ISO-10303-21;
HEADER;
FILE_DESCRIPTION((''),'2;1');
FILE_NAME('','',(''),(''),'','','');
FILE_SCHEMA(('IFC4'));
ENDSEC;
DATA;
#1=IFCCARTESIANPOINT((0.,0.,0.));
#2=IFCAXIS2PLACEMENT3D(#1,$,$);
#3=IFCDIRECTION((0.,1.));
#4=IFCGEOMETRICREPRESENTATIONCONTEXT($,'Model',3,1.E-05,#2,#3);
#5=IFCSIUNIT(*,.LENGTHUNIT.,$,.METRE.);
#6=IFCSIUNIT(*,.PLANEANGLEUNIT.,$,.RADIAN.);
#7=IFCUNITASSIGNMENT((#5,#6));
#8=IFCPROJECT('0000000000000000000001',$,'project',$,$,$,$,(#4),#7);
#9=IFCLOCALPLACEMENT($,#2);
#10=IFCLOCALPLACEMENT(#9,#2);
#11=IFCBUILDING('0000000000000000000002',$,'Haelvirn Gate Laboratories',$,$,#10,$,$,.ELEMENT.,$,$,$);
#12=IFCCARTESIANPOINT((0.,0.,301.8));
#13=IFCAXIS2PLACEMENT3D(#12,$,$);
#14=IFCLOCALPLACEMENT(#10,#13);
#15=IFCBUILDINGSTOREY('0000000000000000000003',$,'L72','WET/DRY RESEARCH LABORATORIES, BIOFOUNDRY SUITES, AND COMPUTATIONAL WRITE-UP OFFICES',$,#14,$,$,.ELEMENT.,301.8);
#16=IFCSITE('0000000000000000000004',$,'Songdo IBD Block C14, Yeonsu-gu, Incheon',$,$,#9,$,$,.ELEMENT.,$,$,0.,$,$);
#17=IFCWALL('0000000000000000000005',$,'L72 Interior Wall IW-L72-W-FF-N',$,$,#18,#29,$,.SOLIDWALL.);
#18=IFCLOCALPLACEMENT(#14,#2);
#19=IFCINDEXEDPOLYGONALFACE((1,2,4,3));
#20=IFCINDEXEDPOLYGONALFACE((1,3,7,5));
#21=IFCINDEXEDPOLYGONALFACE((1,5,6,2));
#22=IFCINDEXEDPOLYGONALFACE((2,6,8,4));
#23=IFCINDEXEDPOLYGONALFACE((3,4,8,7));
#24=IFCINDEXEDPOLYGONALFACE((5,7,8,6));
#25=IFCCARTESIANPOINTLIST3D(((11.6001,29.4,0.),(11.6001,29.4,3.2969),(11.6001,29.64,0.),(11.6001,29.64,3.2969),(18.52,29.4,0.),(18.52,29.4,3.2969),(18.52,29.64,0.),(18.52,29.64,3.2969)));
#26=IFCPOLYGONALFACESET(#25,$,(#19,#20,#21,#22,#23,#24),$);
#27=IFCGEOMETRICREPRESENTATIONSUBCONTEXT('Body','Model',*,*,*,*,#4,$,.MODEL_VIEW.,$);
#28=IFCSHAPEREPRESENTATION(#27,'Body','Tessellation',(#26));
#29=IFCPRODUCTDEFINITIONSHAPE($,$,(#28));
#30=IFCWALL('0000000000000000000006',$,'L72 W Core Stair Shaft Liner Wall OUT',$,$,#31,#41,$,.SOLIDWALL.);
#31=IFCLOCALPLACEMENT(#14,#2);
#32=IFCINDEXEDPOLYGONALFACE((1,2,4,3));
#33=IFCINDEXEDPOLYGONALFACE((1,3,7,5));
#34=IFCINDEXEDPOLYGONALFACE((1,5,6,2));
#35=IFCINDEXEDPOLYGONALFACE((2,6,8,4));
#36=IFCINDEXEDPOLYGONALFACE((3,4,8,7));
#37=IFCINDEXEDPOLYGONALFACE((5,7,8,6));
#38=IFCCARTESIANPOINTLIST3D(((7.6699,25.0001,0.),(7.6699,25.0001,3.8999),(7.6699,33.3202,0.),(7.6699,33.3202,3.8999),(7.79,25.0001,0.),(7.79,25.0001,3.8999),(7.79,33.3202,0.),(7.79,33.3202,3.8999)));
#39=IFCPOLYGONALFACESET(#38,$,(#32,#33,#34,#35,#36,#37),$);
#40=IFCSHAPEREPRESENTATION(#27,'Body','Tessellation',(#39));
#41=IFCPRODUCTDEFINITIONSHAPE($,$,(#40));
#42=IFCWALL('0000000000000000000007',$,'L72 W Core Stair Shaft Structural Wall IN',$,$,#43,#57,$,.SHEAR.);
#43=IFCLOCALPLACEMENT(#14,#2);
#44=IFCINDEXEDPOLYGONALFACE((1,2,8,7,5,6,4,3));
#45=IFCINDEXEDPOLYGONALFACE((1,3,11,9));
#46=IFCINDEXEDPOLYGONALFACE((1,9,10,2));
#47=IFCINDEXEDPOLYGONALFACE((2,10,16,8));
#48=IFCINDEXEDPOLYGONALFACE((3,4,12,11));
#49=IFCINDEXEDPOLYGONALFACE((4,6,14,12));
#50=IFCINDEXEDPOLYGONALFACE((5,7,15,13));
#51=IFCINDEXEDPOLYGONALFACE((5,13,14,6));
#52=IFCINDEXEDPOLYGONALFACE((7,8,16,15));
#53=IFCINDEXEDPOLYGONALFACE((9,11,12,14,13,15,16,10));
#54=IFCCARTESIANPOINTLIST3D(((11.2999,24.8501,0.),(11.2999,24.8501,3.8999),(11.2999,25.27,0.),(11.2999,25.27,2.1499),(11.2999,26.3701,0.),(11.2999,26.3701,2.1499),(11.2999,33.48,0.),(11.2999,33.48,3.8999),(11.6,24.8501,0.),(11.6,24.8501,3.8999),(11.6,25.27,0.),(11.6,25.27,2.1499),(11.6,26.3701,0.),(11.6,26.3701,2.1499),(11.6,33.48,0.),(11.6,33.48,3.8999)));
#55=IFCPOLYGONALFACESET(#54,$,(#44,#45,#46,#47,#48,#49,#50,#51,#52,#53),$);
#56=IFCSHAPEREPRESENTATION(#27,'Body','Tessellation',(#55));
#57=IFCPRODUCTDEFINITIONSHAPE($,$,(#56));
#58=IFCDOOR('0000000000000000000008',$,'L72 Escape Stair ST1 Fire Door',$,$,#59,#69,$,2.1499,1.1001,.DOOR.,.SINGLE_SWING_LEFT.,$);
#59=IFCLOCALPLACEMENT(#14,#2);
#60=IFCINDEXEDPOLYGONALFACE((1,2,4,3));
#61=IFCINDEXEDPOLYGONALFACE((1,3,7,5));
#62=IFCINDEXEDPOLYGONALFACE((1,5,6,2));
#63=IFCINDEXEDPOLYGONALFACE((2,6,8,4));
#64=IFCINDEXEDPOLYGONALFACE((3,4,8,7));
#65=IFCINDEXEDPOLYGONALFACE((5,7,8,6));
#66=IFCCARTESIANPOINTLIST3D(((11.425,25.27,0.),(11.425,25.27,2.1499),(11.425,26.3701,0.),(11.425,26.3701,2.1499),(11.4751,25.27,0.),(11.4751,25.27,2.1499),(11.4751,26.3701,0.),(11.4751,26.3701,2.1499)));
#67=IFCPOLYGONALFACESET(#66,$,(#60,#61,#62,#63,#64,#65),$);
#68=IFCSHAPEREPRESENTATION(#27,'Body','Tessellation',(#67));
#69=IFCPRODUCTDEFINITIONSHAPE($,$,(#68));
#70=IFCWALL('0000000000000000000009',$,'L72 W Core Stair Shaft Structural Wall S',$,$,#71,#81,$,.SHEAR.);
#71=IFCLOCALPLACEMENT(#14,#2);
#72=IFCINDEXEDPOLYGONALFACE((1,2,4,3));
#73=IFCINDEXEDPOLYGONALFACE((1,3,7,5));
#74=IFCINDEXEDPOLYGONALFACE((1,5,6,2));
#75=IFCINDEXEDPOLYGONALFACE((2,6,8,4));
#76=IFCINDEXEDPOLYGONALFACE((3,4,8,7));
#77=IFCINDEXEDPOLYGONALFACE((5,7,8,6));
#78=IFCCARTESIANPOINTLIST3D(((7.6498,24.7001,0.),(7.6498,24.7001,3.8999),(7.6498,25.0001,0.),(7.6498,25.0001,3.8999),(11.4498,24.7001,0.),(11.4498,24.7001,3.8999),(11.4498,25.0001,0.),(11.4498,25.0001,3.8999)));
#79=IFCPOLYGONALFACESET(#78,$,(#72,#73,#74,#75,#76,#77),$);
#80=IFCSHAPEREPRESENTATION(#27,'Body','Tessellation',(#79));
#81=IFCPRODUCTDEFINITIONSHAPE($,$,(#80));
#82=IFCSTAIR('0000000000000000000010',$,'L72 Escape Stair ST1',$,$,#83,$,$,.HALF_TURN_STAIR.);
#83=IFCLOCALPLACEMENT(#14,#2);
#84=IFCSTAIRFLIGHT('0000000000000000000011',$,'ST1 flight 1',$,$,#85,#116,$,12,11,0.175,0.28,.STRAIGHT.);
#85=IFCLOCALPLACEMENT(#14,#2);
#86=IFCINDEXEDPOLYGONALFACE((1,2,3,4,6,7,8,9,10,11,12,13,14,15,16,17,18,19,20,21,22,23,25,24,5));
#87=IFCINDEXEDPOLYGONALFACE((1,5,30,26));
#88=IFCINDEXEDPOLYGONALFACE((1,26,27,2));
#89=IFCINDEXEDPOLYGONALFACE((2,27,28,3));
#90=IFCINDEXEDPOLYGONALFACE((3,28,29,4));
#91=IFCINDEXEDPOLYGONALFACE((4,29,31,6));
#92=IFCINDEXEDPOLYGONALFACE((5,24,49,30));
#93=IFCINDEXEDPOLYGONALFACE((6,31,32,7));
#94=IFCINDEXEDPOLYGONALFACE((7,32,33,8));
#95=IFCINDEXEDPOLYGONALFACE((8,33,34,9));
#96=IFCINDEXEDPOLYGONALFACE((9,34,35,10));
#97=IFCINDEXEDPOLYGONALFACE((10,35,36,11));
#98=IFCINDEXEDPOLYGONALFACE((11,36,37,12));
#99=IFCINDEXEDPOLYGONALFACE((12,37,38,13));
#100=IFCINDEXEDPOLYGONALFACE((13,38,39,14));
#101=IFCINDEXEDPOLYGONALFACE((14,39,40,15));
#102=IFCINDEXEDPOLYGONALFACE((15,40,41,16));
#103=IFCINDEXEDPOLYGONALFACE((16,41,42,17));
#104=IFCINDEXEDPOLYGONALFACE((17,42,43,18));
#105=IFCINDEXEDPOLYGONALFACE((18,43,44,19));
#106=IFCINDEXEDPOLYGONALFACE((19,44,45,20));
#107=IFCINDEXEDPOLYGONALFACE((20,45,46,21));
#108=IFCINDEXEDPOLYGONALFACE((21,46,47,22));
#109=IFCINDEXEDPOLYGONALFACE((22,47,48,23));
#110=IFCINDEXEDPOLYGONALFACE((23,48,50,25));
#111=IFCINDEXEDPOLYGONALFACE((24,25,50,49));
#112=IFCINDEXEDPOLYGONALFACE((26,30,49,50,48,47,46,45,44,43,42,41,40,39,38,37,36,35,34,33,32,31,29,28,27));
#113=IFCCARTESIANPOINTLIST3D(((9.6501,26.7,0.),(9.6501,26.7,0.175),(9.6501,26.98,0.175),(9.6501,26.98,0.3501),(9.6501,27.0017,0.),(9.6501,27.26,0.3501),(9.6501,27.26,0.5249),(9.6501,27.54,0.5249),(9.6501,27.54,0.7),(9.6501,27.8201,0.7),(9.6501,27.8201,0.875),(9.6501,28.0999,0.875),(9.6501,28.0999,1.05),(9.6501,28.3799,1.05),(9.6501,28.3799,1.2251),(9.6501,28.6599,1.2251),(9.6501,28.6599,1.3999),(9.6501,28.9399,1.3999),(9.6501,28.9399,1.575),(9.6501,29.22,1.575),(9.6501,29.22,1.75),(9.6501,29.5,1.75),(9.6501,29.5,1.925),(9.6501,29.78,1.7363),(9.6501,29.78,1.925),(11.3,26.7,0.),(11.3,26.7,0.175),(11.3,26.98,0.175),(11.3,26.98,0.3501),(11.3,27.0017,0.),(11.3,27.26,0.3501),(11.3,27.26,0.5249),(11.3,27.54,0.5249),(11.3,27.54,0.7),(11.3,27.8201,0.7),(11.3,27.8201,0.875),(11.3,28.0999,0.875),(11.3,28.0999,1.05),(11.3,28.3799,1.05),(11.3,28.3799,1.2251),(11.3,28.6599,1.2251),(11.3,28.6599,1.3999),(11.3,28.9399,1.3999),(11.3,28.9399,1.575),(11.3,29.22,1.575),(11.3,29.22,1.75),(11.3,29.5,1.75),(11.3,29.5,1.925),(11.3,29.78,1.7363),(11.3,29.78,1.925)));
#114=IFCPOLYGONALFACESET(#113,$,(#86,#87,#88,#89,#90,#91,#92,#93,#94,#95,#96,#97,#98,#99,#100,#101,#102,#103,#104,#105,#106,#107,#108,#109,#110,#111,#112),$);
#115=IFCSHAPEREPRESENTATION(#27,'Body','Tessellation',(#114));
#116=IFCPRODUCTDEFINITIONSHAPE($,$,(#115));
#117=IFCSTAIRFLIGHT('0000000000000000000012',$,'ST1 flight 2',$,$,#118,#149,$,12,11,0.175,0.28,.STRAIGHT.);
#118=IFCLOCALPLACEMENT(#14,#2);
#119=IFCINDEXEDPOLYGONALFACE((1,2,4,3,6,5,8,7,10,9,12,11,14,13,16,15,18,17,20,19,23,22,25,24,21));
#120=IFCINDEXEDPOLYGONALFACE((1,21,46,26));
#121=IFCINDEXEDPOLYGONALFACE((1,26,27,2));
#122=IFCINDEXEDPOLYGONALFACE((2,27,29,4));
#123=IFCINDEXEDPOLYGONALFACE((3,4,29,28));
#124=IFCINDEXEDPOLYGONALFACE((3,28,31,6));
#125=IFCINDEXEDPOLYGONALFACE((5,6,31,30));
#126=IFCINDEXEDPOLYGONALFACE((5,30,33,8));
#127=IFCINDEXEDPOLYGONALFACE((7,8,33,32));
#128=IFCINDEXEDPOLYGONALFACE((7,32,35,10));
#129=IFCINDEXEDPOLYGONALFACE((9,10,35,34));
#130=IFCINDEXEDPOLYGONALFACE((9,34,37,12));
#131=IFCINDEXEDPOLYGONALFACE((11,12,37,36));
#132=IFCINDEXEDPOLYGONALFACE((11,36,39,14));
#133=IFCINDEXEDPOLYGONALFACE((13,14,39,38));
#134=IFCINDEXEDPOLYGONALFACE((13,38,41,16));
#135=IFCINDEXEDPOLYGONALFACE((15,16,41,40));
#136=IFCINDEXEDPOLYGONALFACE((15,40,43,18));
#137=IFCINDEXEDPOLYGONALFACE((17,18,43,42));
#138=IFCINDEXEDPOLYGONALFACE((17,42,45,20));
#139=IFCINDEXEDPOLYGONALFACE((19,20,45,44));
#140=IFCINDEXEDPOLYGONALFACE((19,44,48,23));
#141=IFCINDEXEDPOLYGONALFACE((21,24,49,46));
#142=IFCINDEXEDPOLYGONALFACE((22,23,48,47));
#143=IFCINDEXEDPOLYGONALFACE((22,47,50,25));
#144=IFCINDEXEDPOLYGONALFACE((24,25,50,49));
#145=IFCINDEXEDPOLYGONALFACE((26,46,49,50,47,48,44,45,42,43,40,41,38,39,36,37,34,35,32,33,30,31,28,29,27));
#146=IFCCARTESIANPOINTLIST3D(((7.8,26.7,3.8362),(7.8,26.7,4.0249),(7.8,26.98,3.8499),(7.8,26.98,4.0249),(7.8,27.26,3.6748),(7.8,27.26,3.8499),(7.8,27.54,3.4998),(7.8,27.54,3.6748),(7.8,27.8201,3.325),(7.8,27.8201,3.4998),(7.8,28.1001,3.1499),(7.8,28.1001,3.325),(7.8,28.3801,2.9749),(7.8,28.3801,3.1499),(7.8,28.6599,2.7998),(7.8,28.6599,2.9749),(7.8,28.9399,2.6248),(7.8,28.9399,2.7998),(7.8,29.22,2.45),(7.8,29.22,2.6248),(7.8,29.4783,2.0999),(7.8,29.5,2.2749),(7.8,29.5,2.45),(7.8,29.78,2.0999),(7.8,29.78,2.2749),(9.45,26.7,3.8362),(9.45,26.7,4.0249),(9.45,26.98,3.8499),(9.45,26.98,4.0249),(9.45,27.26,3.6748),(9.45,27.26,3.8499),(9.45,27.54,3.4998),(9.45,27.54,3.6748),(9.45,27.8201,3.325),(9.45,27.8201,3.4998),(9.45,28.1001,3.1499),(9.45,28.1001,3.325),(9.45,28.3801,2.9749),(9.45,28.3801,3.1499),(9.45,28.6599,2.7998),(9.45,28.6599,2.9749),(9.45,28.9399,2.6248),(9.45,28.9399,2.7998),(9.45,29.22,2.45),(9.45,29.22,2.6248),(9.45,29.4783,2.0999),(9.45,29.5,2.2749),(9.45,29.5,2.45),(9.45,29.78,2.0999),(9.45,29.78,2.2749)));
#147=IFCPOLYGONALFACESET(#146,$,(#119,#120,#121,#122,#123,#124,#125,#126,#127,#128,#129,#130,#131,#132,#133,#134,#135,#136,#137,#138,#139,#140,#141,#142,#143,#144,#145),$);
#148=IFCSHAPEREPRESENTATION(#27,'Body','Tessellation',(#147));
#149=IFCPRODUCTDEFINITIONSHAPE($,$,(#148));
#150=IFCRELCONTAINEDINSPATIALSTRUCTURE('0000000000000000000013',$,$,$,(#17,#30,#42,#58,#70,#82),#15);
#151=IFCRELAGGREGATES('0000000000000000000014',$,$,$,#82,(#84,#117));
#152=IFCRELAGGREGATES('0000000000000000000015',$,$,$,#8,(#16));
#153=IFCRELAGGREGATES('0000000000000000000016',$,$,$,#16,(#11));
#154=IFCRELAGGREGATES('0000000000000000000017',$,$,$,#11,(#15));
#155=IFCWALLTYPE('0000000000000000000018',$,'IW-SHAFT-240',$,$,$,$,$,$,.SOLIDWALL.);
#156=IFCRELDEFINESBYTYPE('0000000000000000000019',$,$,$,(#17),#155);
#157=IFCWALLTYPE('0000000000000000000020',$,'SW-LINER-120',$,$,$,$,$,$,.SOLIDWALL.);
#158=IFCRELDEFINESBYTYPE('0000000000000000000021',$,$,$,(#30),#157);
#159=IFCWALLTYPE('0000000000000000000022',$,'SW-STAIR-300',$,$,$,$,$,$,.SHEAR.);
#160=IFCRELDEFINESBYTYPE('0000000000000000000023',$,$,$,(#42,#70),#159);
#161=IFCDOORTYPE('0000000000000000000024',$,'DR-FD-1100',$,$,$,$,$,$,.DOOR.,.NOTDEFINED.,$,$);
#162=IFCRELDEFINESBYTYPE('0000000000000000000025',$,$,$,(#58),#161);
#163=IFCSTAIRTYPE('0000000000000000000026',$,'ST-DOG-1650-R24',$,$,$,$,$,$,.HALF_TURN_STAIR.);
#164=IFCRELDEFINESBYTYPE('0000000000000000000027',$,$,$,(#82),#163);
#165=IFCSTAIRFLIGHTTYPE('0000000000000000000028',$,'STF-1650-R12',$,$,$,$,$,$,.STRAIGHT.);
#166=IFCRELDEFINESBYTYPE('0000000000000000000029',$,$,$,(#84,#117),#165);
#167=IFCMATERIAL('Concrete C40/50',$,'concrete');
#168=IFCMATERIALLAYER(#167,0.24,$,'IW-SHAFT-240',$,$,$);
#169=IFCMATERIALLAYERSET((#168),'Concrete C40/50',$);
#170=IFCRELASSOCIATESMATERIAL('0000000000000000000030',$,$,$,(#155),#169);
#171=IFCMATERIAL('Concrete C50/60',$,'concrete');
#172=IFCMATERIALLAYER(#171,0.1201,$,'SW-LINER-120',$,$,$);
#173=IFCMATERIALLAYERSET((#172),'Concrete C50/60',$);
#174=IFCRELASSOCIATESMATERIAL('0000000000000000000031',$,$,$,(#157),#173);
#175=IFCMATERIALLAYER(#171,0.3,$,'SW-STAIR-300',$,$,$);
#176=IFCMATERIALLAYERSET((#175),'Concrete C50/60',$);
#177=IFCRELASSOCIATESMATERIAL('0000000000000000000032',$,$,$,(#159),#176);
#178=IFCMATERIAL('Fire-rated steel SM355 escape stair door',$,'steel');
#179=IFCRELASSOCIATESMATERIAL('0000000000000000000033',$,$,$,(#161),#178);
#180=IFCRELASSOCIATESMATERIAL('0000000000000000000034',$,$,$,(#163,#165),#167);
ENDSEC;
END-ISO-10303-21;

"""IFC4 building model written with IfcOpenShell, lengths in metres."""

from ifc_helpers import new_model, si_unit, direction, frame, frame_2d, origin, place, context, subcontext, project, spatial, polyline, rectangle, outline, extrude, source, transform, mapped, material, layer, layer_set, type_object, type_shapes, element, fill, aggregate, save


model = new_model("IFC4")

# Units and contexts
model_context = context("Model", 3, precision=1e-05, world=origin(), true_north=direction((0.0, 1.0)))
body_context = subcontext(model_context, "Body", "Model", "MODEL_VIEW")
ifc_project = project(units=[si_unit("LENGTHUNIT", "METRE"), si_unit("PLANEANGLEUNIT", "RADIAN")], contexts=[model_context])

# Site, building, storey
site_placement = place(None, origin())
site = spatial("IfcSite", under=ifc_project, at=site_placement, Name="Songdo IBD Block C14, Yeonsu-gu, Incheon", CompositionType="ELEMENT", RefElevation=0.0)
building_placement = place(site_placement, origin())
building = spatial("IfcBuilding", under=site, at=building_placement, Name="Haelvirn Gate Laboratories", CompositionType="ELEMENT")
storey_placement = place(building_placement, frame((0.0, 0.0, 301.8)))
storey = spatial("IfcBuildingStorey", under=building, at=storey_placement, Name="L72", Description="WET/DRY RESEARCH LABORATORIES, BIOFOUNDRY SUITES, AND COMPUTATIONAL WRITE-UP OFFICES", CompositionType="ELEMENT", Elevation=301.8)

# Shared definitions
ifc_material_1 = material(Name="Concrete C50/60", Category="concrete")

# Shared definitions
ifc_material_2 = material(Name="Concrete C40/50", Category="concrete")
ifc_layer_1 = layer(ifc_material_2, 0.24, Name="IW-SHAFT-240")
ifc_layer_set_1 = layer_set([ifc_layer_1], Name="Concrete C40/50")
wall_type_1 = type_object("IfcWallType", Name="IW-SHAFT-240", PredefinedType="SOLIDWALL", material=ifc_layer_set_1)

# Walls
wall_1_placement = place(storey_placement, frame((11.6001, 29.52, 0.0), z_axis=(0.0, 0.0, 1.0), x_axis=(1.0, 0.0, 0.0)))
element("IfcWall", 1, at=wall_1_placement, inside=storey, type_object=wall_type_1, Name="L72 Interior Wall IW-L72-W-FF-N", PredefinedType="SOLIDWALL", context=body_context, shape_type="SweptSolid", body=[
    extrude(rectangle(XDim=6.9199, YDim=0.24, at=frame_2d((3.46, 0.0))), origin(), (0.0, 0.0, 1.0), 3.2969),
])
ifc_layer_2 = layer(ifc_material_1, 0.1201, Name="SW-LINER-120")
ifc_layer_set_2 = layer_set([ifc_layer_2], Name="Concrete C50/60")
wall_type_2 = type_object("IfcWallType", Name="SW-LINER-120", PredefinedType="SOLIDWALL", material=ifc_layer_set_2)
wall_2_placement = place(storey_placement, frame((7.73, 25.0, 0.0), z_axis=(0.0, 0.0, 1.0), x_axis=(0.0, 1.0, 0.0)))
element("IfcWall", 2, at=wall_2_placement, inside=storey, type_object=wall_type_2, Name="L72 W Core Stair Shaft Liner Wall OUT", PredefinedType="SOLIDWALL", context=body_context, shape_type="SweptSolid", body=[
    extrude(rectangle(XDim=8.3201, YDim=0.1201, at=frame_2d((4.1602, 0.0))), origin(), (0.0, 0.0, 1.0), 3.8999),
])

# Wall, opening, door
ifc_layer_3 = layer(ifc_material_1, 0.3, Name="SW-STAIR-300")
ifc_layer_set_3 = layer_set([ifc_layer_3], Name="Concrete C50/60")
wall_type_3 = type_object("IfcWallType", Name="SW-STAIR-300", PredefinedType="SHEAR", material=ifc_layer_set_3)
wall_3_placement = place(storey_placement, frame((11.45, 24.8501, 0.0), z_axis=(0.0, 0.0, 1.0), x_axis=(0.0, 1.0, 0.0)))
wall_3 = element("IfcWall", 3, at=wall_3_placement, inside=storey, type_object=wall_type_3, Name="L72 W Core Stair Shaft Structural Wall IN", PredefinedType="SHEAR", context=body_context, shape_type="SweptSolid", body=[
    extrude(rectangle(XDim=8.6299, YDim=0.3, at=frame_2d((4.3149, 0.0))), origin(), (0.0, 0.0, 1.0), 3.8999),
])
opening_1_placement = place(wall_3_placement, frame((0.4199, 0.0, 0.0)))
opening_1 = element("IfcOpeningElement", 4, at=opening_1_placement, cuts=wall_3, PredefinedType="OPENING", context=body_context, shape_type="SweptSolid", body=[
    extrude(rectangle(XDim=1.1001, YDim=2.1499, at=frame_2d((0.55, 1.075))), frame((0.0, 0.1602, 0.0), z_axis=(0.0, -1.0, 0.0), x_axis=(1.0, 0.0, 0.0)), (0.0, 0.0, 1.0), 0.3201),
])
ifc_material_3 = material(Name="Fire-rated steel SM355 escape stair door", Category="steel")
door_type_1 = type_object("IfcDoorType", Name="DR-FD-1100", OperationType="NOTDEFINED", PredefinedType="DOOR", material=ifc_material_3)
shared_shape_1 = source(origin(), body_context, "Body", "SweptSolid", [
    extrude(rectangle(XDim=1.1001, YDim=2.1499, at=frame_2d((0.55, 1.075))), frame((0.0, 0.0249, 0.0), z_axis=(0.0, -1.0, 0.0), x_axis=(1.0, 0.0, 0.0)), (0.0, 0.0, 1.0), 0.05),
])
type_shapes(door_type_1, [shared_shape_1])
door_1_placement = place(opening_1_placement, origin())
door_1 = element("IfcDoor", 5, at=door_1_placement, inside=storey, type_object=door_type_1, Name="L72 Escape Stair ST1 Fire Door", OperationType="SINGLE_SWING_LEFT", OverallHeight=2.1499, OverallWidth=1.1001, PredefinedType="DOOR", context=body_context, shape_type="MappedRepresentation", body=[
    mapped(shared_shape_1, transform((0.0, 0.0, 0.0), scale=1.0)),
])
fill(opening_1, door_1)

# Wall
wall_4_placement = place(storey_placement, frame((7.6499, 24.8501, 0.0), z_axis=(0.0, 0.0, 1.0), x_axis=(1.0, 0.0, 0.0)))
element("IfcWall", 6, at=wall_4_placement, inside=storey, type_object=wall_type_3, Name="L72 W Core Stair Shaft Structural Wall S", PredefinedType="SHEAR", context=body_context, shape_type="SweptSolid", body=[
    extrude(rectangle(XDim=3.8, YDim=0.3, at=frame_2d((1.8999, 0.0))), origin(), (0.0, 0.0, 1.0), 3.8999),
])

# Stair, stair flights
stair_type = type_object("IfcStairType", Name="ST-DOG-1650-R24", PredefinedType="HALF_TURN_STAIR", material=ifc_material_2)
stair_placement = place(storey_placement, origin())
stair = element("IfcStair", 7, at=stair_placement, inside=storey, type_object=stair_type, Name="L72 Escape Stair ST1", PredefinedType="HALF_TURN_STAIR")
stair_flight_type = type_object("IfcStairFlightType", Name="STF-1650-R12", PredefinedType="STRAIGHT", material=ifc_material_2)
shared_shape_2 = source(origin(), body_context, "Body", "SweptSolid", [
    extrude(outline(polyline([(0.0, 0.0), (0.0, 0.175), (0.28, 0.175), (0.28, 0.3501), (0.5601, 0.3501), (0.5601, 0.5249), (0.8401, 0.5249), (0.8401, 0.7), (1.1201, 0.7), (1.1201, 0.875), (1.3999, 0.875), (1.3999, 1.05), (1.6799, 1.05), (1.6799, 1.2251), (1.96, 1.2251), (1.96, 1.3999), (2.24, 1.3999), (2.24, 1.575), (2.52, 1.575), (2.52, 1.75), (2.8, 1.75), (2.8, 1.925), (3.0801, 1.925), (3.0801, 2.1001), (3.0801, 1.7363), (0.3018, 0.0), (0.0, 0.0)])), frame((0.0, 0.825, 0.0), z_axis=(0.0, -1.0, 0.0), x_axis=(1.0, 0.0, 0.0)), (0.0, 0.0, 1.0), 1.6499),
])
type_shapes(stair_flight_type, [shared_shape_2])
stair_flight_1_placement = place(storey_placement, frame((10.4751, 26.7, 0.0), z_axis=(0.0, 0.0, 1.0), x_axis=(0.0, 1.0, 0.0)))
stair_flight_1 = element("IfcStairFlight", 8, at=stair_flight_1_placement, type_object=stair_flight_type, Name="ST1 flight 1", NumberOfRisers=12, NumberOfTreads=11, PredefinedType="STRAIGHT", RiserHeight=0.175, TreadLength=0.28, context=body_context, shape_type="MappedRepresentation", body=[
    mapped(shared_shape_2, transform((0.0, 0.0, 0.0), scale=1.0)),
])
stair_flight_2_placement = place(storey_placement, frame((8.625, 29.78, 2.0999), z_axis=(0.0, 0.0, 1.0), x_axis=(0.0, -1.0, 0.0)))
stair_flight_2 = element("IfcStairFlight", 9, at=stair_flight_2_placement, type_object=stair_flight_type, Name="ST1 flight 2", NumberOfRisers=12, NumberOfTreads=11, PredefinedType="STRAIGHT", RiserHeight=0.175, TreadLength=0.28, context=body_context, shape_type="MappedRepresentation", body=[
    mapped(shared_shape_2, transform((0.0, 0.0, 0.0), scale=1.0)),
])
aggregate(stair, [stair_flight_1, stair_flight_2])

save(model, "model.ifc")
